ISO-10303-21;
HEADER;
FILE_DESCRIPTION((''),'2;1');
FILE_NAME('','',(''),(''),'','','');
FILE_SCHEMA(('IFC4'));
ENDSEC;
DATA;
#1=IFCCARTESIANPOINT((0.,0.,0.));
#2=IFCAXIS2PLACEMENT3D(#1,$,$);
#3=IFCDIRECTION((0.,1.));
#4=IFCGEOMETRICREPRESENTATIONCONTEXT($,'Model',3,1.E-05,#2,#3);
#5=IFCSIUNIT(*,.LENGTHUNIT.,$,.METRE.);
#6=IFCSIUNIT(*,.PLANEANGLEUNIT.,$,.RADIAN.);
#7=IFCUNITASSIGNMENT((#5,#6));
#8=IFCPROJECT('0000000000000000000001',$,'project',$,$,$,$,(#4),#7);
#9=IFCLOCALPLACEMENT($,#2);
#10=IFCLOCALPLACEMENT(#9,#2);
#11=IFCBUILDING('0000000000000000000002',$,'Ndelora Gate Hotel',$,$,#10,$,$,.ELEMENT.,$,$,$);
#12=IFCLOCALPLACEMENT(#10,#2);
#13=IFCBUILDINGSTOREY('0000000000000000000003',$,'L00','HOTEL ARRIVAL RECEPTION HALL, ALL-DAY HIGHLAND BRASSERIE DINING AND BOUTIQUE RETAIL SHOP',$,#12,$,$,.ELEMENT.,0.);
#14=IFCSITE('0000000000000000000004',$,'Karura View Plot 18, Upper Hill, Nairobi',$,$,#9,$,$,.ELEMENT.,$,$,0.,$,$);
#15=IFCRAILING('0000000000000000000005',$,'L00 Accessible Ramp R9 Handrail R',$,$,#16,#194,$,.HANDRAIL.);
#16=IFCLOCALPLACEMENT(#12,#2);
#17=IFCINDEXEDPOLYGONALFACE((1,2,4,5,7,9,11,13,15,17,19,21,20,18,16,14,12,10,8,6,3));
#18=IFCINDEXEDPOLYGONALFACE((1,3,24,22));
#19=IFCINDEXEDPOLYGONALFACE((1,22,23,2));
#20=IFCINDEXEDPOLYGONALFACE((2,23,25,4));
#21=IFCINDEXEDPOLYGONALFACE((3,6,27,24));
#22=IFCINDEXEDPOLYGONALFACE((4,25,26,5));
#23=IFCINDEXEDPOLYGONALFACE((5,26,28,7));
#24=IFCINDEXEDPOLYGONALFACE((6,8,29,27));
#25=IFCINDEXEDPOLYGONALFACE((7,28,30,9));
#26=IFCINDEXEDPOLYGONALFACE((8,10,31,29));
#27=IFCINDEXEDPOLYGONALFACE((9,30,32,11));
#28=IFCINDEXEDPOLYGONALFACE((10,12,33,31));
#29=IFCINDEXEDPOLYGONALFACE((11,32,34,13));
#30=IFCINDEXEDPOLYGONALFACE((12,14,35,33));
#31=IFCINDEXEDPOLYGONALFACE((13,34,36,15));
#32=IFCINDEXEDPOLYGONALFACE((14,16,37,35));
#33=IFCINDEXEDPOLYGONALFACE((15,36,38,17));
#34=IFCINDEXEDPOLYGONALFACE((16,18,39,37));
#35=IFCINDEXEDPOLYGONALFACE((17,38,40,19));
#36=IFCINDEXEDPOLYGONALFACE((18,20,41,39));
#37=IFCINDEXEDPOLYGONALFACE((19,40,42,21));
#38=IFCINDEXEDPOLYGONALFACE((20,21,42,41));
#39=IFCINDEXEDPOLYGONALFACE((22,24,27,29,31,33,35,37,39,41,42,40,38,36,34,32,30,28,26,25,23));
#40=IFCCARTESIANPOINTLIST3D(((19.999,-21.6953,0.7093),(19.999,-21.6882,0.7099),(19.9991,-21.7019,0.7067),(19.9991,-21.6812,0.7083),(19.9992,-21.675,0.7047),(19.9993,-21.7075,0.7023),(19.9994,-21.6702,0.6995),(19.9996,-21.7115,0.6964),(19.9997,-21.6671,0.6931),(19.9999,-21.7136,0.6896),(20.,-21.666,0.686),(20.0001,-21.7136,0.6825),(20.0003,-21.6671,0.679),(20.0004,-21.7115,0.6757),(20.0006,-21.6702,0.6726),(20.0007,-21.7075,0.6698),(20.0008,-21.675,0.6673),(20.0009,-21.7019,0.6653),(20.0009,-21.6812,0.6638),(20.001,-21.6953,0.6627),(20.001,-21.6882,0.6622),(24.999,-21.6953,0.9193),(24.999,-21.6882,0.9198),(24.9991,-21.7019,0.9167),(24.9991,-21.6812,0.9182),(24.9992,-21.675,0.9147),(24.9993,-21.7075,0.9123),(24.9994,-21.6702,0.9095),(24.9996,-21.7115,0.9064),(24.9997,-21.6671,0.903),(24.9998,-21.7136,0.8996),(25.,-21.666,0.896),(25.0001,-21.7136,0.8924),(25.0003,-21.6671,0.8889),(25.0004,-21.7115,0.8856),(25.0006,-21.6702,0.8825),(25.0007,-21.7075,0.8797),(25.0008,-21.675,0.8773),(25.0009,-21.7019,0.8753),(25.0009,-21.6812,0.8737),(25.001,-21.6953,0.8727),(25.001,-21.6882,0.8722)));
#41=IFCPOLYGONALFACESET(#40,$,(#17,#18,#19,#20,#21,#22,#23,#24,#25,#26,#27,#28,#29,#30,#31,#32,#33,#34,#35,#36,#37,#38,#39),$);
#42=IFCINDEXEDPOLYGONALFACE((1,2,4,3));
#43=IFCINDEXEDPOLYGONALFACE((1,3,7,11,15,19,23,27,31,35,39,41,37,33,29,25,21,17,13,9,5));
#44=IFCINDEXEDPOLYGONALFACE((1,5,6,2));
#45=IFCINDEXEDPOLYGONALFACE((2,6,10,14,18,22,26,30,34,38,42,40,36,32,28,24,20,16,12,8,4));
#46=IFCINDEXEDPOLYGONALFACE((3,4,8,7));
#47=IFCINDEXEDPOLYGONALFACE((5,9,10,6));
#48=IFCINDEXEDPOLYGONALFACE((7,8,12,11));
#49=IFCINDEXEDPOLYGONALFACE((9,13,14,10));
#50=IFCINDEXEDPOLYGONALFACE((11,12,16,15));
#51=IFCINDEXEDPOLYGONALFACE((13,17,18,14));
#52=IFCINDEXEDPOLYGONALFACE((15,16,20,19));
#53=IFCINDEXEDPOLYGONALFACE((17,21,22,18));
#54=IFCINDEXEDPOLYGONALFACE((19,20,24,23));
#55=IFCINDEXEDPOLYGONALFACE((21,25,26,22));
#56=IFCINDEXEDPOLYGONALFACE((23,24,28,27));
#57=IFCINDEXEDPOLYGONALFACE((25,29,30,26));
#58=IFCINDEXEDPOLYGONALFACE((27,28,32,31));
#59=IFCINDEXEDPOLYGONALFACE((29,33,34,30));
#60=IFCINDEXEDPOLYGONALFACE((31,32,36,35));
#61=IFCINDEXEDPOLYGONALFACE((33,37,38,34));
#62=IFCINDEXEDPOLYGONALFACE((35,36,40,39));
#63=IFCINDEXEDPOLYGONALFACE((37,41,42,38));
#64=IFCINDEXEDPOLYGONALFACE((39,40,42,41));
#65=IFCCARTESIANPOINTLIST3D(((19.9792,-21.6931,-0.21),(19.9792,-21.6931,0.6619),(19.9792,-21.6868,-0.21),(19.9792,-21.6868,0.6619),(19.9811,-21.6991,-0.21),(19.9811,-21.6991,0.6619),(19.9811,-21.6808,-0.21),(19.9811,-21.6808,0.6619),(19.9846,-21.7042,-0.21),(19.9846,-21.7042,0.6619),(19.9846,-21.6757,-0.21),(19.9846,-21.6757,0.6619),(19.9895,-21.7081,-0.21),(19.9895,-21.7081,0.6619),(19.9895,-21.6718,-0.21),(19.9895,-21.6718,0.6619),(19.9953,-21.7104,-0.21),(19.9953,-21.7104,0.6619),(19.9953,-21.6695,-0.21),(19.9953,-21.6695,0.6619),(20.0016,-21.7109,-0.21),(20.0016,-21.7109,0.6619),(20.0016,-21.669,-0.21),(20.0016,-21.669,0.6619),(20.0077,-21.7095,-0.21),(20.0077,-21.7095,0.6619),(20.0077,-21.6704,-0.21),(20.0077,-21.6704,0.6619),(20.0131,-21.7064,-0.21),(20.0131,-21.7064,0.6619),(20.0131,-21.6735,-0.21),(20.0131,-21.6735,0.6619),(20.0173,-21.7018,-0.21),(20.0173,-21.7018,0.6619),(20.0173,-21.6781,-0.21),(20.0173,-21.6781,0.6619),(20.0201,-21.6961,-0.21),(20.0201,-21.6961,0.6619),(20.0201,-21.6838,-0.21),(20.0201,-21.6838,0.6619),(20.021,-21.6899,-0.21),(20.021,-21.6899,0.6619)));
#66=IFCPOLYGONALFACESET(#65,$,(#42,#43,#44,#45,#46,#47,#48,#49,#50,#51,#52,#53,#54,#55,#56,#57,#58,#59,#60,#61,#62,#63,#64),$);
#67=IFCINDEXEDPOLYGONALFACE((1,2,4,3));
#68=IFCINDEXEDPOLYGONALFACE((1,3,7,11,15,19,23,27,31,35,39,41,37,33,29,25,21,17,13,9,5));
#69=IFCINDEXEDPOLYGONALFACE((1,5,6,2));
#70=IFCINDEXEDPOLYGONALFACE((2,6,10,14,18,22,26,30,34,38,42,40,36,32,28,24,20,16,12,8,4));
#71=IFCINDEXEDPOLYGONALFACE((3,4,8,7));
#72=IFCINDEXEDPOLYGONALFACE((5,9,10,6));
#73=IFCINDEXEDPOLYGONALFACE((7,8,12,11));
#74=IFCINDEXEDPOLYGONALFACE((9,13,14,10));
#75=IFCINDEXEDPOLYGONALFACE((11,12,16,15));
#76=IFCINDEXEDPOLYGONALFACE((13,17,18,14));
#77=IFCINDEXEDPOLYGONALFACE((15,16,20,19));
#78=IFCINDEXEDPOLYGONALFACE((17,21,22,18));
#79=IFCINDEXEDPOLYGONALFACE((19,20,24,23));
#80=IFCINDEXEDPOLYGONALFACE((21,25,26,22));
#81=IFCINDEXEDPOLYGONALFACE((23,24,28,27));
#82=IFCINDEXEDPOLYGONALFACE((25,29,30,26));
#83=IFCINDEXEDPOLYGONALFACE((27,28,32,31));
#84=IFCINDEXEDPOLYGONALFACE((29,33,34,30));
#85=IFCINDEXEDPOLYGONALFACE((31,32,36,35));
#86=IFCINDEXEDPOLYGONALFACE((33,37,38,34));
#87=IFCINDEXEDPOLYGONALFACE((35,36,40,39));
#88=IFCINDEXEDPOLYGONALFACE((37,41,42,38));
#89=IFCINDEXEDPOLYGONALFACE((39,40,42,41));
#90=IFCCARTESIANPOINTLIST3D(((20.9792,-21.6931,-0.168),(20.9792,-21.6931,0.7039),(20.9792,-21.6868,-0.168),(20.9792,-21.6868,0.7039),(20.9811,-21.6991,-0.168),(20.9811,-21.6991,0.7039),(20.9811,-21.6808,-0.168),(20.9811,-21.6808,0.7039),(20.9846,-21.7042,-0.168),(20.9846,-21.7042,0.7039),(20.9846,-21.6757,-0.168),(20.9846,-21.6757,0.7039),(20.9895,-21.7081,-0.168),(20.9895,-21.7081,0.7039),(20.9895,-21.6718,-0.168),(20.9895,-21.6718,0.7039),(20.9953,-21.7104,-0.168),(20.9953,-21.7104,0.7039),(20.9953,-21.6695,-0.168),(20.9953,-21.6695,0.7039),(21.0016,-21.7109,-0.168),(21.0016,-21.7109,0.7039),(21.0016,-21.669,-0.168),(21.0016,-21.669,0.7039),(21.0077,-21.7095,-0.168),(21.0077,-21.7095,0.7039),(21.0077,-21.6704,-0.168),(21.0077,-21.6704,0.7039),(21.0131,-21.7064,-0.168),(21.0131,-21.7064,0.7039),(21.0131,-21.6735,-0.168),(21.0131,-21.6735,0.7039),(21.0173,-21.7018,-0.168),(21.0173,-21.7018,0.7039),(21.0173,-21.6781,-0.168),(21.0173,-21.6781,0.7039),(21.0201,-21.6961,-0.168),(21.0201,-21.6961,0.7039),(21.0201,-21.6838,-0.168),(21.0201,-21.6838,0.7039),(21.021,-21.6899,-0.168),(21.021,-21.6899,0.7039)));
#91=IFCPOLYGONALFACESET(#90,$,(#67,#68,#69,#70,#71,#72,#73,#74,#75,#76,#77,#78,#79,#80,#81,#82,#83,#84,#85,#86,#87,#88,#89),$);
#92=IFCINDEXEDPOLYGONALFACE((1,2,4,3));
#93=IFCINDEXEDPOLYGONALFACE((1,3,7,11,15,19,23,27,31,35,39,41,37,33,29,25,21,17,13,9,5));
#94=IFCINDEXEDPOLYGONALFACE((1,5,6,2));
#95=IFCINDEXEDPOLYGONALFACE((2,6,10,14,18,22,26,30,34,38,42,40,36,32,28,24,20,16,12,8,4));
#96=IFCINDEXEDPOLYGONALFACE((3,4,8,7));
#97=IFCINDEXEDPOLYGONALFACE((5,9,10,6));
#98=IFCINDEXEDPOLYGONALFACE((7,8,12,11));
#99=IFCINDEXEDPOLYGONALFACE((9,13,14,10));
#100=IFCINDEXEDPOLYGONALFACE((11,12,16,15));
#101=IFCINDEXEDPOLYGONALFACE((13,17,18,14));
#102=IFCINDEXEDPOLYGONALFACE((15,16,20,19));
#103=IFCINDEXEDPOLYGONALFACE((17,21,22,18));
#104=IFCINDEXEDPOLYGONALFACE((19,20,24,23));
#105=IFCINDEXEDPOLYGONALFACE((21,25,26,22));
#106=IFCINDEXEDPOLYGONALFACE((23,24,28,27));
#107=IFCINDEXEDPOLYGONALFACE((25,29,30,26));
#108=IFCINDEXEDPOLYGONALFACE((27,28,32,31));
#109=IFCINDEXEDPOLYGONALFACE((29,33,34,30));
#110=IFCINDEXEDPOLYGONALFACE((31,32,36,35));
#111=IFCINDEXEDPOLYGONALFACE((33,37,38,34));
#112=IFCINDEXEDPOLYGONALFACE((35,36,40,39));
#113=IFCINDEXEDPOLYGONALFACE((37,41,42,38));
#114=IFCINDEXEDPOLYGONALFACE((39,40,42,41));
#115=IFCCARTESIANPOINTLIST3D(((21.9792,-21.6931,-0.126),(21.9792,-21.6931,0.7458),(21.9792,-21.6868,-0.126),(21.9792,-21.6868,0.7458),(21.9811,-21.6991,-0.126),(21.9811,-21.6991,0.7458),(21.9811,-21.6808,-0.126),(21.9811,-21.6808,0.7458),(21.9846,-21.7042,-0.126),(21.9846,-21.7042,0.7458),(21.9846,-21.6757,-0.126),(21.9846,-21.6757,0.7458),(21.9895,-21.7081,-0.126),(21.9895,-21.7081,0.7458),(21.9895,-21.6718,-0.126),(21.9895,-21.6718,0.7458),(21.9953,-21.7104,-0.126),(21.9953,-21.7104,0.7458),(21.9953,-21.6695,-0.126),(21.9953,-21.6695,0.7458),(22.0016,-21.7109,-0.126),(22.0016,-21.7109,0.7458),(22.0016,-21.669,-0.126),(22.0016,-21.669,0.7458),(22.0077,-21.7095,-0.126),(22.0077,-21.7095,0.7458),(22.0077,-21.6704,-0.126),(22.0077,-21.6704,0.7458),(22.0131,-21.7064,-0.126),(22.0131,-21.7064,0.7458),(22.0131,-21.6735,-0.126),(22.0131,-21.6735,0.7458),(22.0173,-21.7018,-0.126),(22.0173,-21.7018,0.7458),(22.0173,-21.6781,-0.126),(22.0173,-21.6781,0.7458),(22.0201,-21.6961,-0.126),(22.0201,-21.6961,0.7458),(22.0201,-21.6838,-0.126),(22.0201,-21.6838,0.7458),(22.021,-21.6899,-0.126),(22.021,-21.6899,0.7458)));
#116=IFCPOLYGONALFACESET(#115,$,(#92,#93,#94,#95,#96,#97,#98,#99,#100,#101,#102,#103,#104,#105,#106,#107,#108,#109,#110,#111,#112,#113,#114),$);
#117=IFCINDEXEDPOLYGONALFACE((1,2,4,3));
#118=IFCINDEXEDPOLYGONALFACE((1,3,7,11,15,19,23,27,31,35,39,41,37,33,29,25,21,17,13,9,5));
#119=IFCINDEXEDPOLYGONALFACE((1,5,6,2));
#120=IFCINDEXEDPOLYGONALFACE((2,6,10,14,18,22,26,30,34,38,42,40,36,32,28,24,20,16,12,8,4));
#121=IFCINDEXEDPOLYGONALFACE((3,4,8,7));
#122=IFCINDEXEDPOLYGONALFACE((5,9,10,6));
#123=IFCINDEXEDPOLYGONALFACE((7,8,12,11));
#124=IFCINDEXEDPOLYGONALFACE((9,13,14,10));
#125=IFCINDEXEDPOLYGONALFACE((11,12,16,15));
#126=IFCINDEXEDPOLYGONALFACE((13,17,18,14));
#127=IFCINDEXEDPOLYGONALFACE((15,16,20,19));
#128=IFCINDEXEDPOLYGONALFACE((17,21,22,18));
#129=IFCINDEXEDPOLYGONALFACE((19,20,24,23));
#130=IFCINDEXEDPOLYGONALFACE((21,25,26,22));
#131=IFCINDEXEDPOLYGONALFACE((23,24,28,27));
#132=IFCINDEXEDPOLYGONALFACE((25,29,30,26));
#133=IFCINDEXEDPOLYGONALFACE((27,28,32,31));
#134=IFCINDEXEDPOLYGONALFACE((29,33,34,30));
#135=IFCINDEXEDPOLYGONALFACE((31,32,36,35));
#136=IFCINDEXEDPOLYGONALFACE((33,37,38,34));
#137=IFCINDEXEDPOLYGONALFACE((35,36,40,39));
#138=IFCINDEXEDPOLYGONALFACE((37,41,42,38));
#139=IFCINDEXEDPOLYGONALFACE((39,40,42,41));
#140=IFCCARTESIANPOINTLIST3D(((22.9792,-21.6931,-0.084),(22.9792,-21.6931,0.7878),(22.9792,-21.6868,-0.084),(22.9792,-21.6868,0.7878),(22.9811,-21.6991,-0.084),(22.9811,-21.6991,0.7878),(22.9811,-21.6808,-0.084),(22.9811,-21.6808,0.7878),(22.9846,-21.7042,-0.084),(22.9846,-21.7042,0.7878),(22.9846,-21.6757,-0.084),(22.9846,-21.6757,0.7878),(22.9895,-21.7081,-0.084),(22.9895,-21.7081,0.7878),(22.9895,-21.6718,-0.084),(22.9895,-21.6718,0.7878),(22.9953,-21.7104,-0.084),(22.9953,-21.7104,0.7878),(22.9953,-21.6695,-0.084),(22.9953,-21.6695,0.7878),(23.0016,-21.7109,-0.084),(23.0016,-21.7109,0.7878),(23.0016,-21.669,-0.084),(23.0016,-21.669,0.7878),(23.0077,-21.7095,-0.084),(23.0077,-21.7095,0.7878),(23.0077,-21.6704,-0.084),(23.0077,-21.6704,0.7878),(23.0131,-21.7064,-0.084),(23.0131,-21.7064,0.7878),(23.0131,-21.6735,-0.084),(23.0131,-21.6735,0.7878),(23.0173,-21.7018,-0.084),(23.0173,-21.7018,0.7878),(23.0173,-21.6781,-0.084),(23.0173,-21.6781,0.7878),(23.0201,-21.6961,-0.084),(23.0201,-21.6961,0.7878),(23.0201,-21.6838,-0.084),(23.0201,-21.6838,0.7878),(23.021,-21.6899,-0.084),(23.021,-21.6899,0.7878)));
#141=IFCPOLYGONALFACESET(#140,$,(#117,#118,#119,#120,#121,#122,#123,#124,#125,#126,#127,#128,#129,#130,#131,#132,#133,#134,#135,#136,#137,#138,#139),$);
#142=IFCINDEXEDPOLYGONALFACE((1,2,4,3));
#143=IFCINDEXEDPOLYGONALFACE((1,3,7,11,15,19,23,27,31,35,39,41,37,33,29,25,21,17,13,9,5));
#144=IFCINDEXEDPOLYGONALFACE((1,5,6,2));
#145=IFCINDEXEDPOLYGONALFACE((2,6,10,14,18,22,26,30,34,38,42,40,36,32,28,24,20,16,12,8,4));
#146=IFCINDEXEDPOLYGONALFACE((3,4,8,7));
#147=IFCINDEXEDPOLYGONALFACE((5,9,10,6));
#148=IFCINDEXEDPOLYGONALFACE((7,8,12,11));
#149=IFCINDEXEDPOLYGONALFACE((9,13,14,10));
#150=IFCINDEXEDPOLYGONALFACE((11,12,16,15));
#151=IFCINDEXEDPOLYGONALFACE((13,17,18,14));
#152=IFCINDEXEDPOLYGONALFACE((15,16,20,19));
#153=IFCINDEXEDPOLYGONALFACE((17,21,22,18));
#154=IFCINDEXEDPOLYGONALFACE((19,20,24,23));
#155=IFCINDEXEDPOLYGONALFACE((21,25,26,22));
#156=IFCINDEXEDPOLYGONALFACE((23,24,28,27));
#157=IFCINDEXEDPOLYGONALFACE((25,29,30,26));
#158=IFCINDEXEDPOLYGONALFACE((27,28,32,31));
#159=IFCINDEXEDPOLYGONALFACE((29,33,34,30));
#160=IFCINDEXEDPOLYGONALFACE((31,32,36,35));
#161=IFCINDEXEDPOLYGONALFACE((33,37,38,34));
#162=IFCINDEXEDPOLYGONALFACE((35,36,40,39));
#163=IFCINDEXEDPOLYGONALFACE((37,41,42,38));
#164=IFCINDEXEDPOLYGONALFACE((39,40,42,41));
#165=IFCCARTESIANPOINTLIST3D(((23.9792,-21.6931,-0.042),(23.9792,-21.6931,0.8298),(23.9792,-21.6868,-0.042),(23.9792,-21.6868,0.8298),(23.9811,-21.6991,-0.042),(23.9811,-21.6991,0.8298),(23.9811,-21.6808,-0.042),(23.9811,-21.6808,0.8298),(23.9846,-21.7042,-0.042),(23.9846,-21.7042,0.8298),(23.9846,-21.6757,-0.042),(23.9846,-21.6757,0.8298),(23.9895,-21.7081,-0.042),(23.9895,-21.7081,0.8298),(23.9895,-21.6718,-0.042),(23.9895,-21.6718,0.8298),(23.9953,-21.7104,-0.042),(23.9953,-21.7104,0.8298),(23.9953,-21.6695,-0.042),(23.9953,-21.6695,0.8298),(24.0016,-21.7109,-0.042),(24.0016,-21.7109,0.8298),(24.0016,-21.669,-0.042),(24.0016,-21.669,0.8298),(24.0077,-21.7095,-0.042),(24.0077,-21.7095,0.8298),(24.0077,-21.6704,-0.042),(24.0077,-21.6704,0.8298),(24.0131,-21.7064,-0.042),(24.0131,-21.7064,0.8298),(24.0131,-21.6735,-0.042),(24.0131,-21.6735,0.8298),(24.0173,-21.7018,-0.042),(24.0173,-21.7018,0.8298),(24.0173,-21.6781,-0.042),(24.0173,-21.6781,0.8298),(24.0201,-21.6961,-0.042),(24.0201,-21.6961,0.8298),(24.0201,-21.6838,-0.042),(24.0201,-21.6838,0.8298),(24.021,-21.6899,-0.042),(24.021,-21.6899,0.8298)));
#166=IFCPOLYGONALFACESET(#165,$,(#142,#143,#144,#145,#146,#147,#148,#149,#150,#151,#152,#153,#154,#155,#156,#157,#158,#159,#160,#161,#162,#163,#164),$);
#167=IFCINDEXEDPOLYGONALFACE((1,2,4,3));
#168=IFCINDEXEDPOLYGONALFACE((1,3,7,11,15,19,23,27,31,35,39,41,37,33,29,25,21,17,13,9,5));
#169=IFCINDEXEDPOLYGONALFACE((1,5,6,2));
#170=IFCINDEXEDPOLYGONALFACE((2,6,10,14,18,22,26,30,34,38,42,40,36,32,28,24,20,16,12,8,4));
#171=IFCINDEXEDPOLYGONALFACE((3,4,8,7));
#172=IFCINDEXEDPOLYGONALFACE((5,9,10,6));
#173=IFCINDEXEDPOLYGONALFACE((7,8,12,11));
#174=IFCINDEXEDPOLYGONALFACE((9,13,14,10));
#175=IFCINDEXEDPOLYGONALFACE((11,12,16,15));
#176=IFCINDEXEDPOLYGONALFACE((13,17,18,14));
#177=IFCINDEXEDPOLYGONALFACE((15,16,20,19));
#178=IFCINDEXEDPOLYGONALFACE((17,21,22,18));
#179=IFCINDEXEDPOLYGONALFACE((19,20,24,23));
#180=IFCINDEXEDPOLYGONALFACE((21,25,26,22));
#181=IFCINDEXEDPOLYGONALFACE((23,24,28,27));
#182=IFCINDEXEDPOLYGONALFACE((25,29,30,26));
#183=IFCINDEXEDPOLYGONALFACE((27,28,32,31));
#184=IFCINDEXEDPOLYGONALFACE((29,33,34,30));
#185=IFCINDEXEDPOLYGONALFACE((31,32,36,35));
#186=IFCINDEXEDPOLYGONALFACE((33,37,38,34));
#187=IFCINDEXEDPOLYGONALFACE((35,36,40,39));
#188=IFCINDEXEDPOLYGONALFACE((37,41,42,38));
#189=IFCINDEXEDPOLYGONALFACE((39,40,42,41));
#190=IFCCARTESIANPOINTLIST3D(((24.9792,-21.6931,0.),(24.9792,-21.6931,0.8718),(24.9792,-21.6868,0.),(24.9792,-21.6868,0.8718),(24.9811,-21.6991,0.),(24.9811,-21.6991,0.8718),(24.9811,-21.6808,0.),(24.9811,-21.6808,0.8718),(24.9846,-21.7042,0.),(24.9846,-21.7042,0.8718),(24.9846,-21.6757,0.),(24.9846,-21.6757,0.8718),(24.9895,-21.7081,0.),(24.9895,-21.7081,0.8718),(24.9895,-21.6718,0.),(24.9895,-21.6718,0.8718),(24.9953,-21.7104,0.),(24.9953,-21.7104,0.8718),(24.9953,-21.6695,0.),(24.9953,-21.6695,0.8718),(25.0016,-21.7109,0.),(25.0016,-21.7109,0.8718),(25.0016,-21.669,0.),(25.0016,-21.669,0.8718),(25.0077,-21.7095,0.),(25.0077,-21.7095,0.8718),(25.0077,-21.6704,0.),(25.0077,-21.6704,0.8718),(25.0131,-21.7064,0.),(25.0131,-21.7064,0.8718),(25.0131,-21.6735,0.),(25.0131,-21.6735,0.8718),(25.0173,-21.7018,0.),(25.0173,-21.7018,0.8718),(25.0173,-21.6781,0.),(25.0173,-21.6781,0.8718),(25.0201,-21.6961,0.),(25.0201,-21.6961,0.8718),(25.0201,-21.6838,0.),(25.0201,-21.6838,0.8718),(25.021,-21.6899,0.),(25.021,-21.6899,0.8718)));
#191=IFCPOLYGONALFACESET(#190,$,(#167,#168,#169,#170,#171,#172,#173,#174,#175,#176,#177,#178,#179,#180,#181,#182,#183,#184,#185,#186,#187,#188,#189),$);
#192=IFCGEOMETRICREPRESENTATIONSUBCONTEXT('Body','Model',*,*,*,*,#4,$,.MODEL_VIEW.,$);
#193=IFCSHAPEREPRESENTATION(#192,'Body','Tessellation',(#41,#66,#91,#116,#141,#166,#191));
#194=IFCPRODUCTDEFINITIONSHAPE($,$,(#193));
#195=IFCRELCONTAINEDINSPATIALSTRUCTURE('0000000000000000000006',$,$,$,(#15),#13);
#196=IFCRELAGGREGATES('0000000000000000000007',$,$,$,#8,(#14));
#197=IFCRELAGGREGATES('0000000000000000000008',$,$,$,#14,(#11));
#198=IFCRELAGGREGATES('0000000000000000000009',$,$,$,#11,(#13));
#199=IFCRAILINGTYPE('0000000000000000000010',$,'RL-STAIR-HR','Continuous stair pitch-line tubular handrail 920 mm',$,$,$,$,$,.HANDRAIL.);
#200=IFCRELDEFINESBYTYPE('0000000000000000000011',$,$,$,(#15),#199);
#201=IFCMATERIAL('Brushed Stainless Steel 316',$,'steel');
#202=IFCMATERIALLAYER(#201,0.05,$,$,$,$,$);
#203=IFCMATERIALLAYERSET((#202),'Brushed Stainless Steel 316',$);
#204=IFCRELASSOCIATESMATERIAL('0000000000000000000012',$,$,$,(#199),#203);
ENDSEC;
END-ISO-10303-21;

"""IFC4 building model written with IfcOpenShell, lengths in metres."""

from ifc_helpers import new_model, si_unit, direction, frame, origin, origin_2d, place, context, subcontext, project, spatial, circle, extrude, material, layer, layer_set, type_object, element, save


model = new_model("IFC4")

# Units and contexts
model_context = context("Model", 3, precision=1e-05, world=origin(), true_north=direction((0.0, 1.0)))
body_context = subcontext(model_context, "Body", "Model", "MODEL_VIEW")
ifc_project = project(units=[si_unit("LENGTHUNIT", "METRE"), si_unit("PLANEANGLEUNIT", "RADIAN")], contexts=[model_context])

# Site, building, storey
site_placement = place(None, origin())
site = spatial("IfcSite", under=ifc_project, at=site_placement, Name="Karura View Plot 18, Upper Hill, Nairobi", CompositionType="ELEMENT", RefElevation=0.0)
building_placement = place(site_placement, origin())
building = spatial("IfcBuilding", under=site, at=building_placement, Name="Ndelora Gate Hotel", CompositionType="ELEMENT")
storey_placement = place(building_placement, origin())
storey = spatial("IfcBuildingStorey", under=building, at=storey_placement, Name="L00", Description="HOTEL ARRIVAL RECEPTION HALL, ALL-DAY HIGHLAND BRASSERIE DINING AND BOUTIQUE RETAIL SHOP", CompositionType="ELEMENT", Elevation=0.0)

# Railing
ifc_material_1 = material(Name="Brushed Stainless Steel 316", Category="steel")
ifc_layer_1 = layer(ifc_material_1, 0.05)
ifc_layer_set_1 = layer_set([ifc_layer_1], Name="Brushed Stainless Steel 316")
railing_type_1 = type_object("IfcRailingType", Name="RL-STAIR-HR", Description="Continuous stair pitch-line tubular handrail 920 mm", PredefinedType="HANDRAIL", material=ifc_layer_set_1)
for number, where, name in (
    (1, (20.0, -21.6899, -0.21), "L00 Accessible Ramp R9 Handrail R"),
):
    element("IfcRailing", number, at=place(storey_placement, frame(where)), inside=storey, type_object=railing_type_1, Name=name, PredefinedType="HANDRAIL", context=body_context, shape_type="SweptSolid", body=[
        extrude(circle(Radius=0.0239, at=origin_2d()), frame((0.0, 0.0, 0.896), z_axis=(0.999119, 0.0, 0.041955), x_axis=(0.0, 1.0, 0.0)), (0.0, 0.0, 1.0), 5.0044),
        extrude(circle(Radius=0.021, at=origin_2d()), origin(), (0.0, 0.0, 1.0), 0.8718),
        extrude(circle(Radius=0.021, at=origin_2d()), frame((1.0, 0.0, 0.042)), (0.0, 0.0, 1.0), 0.8718),
        extrude(circle(Radius=0.021, at=origin_2d()), frame((2.0, 0.0, 0.084)), (0.0, 0.0, 1.0), 0.8718),
        extrude(circle(Radius=0.021, at=origin_2d()), frame((3.0, 0.0, 0.126)), (0.0, 0.0, 1.0), 0.8718),
        extrude(circle(Radius=0.021, at=origin_2d()), frame((4.0, 0.0, 0.168)), (0.0, 0.0, 1.0), 0.8718),
        extrude(circle(Radius=0.021, at=origin_2d()), frame((5.0, 0.0, 0.21)), (0.0, 0.0, 1.0), 0.8718),
    ])

save(model, "model.ifc")
